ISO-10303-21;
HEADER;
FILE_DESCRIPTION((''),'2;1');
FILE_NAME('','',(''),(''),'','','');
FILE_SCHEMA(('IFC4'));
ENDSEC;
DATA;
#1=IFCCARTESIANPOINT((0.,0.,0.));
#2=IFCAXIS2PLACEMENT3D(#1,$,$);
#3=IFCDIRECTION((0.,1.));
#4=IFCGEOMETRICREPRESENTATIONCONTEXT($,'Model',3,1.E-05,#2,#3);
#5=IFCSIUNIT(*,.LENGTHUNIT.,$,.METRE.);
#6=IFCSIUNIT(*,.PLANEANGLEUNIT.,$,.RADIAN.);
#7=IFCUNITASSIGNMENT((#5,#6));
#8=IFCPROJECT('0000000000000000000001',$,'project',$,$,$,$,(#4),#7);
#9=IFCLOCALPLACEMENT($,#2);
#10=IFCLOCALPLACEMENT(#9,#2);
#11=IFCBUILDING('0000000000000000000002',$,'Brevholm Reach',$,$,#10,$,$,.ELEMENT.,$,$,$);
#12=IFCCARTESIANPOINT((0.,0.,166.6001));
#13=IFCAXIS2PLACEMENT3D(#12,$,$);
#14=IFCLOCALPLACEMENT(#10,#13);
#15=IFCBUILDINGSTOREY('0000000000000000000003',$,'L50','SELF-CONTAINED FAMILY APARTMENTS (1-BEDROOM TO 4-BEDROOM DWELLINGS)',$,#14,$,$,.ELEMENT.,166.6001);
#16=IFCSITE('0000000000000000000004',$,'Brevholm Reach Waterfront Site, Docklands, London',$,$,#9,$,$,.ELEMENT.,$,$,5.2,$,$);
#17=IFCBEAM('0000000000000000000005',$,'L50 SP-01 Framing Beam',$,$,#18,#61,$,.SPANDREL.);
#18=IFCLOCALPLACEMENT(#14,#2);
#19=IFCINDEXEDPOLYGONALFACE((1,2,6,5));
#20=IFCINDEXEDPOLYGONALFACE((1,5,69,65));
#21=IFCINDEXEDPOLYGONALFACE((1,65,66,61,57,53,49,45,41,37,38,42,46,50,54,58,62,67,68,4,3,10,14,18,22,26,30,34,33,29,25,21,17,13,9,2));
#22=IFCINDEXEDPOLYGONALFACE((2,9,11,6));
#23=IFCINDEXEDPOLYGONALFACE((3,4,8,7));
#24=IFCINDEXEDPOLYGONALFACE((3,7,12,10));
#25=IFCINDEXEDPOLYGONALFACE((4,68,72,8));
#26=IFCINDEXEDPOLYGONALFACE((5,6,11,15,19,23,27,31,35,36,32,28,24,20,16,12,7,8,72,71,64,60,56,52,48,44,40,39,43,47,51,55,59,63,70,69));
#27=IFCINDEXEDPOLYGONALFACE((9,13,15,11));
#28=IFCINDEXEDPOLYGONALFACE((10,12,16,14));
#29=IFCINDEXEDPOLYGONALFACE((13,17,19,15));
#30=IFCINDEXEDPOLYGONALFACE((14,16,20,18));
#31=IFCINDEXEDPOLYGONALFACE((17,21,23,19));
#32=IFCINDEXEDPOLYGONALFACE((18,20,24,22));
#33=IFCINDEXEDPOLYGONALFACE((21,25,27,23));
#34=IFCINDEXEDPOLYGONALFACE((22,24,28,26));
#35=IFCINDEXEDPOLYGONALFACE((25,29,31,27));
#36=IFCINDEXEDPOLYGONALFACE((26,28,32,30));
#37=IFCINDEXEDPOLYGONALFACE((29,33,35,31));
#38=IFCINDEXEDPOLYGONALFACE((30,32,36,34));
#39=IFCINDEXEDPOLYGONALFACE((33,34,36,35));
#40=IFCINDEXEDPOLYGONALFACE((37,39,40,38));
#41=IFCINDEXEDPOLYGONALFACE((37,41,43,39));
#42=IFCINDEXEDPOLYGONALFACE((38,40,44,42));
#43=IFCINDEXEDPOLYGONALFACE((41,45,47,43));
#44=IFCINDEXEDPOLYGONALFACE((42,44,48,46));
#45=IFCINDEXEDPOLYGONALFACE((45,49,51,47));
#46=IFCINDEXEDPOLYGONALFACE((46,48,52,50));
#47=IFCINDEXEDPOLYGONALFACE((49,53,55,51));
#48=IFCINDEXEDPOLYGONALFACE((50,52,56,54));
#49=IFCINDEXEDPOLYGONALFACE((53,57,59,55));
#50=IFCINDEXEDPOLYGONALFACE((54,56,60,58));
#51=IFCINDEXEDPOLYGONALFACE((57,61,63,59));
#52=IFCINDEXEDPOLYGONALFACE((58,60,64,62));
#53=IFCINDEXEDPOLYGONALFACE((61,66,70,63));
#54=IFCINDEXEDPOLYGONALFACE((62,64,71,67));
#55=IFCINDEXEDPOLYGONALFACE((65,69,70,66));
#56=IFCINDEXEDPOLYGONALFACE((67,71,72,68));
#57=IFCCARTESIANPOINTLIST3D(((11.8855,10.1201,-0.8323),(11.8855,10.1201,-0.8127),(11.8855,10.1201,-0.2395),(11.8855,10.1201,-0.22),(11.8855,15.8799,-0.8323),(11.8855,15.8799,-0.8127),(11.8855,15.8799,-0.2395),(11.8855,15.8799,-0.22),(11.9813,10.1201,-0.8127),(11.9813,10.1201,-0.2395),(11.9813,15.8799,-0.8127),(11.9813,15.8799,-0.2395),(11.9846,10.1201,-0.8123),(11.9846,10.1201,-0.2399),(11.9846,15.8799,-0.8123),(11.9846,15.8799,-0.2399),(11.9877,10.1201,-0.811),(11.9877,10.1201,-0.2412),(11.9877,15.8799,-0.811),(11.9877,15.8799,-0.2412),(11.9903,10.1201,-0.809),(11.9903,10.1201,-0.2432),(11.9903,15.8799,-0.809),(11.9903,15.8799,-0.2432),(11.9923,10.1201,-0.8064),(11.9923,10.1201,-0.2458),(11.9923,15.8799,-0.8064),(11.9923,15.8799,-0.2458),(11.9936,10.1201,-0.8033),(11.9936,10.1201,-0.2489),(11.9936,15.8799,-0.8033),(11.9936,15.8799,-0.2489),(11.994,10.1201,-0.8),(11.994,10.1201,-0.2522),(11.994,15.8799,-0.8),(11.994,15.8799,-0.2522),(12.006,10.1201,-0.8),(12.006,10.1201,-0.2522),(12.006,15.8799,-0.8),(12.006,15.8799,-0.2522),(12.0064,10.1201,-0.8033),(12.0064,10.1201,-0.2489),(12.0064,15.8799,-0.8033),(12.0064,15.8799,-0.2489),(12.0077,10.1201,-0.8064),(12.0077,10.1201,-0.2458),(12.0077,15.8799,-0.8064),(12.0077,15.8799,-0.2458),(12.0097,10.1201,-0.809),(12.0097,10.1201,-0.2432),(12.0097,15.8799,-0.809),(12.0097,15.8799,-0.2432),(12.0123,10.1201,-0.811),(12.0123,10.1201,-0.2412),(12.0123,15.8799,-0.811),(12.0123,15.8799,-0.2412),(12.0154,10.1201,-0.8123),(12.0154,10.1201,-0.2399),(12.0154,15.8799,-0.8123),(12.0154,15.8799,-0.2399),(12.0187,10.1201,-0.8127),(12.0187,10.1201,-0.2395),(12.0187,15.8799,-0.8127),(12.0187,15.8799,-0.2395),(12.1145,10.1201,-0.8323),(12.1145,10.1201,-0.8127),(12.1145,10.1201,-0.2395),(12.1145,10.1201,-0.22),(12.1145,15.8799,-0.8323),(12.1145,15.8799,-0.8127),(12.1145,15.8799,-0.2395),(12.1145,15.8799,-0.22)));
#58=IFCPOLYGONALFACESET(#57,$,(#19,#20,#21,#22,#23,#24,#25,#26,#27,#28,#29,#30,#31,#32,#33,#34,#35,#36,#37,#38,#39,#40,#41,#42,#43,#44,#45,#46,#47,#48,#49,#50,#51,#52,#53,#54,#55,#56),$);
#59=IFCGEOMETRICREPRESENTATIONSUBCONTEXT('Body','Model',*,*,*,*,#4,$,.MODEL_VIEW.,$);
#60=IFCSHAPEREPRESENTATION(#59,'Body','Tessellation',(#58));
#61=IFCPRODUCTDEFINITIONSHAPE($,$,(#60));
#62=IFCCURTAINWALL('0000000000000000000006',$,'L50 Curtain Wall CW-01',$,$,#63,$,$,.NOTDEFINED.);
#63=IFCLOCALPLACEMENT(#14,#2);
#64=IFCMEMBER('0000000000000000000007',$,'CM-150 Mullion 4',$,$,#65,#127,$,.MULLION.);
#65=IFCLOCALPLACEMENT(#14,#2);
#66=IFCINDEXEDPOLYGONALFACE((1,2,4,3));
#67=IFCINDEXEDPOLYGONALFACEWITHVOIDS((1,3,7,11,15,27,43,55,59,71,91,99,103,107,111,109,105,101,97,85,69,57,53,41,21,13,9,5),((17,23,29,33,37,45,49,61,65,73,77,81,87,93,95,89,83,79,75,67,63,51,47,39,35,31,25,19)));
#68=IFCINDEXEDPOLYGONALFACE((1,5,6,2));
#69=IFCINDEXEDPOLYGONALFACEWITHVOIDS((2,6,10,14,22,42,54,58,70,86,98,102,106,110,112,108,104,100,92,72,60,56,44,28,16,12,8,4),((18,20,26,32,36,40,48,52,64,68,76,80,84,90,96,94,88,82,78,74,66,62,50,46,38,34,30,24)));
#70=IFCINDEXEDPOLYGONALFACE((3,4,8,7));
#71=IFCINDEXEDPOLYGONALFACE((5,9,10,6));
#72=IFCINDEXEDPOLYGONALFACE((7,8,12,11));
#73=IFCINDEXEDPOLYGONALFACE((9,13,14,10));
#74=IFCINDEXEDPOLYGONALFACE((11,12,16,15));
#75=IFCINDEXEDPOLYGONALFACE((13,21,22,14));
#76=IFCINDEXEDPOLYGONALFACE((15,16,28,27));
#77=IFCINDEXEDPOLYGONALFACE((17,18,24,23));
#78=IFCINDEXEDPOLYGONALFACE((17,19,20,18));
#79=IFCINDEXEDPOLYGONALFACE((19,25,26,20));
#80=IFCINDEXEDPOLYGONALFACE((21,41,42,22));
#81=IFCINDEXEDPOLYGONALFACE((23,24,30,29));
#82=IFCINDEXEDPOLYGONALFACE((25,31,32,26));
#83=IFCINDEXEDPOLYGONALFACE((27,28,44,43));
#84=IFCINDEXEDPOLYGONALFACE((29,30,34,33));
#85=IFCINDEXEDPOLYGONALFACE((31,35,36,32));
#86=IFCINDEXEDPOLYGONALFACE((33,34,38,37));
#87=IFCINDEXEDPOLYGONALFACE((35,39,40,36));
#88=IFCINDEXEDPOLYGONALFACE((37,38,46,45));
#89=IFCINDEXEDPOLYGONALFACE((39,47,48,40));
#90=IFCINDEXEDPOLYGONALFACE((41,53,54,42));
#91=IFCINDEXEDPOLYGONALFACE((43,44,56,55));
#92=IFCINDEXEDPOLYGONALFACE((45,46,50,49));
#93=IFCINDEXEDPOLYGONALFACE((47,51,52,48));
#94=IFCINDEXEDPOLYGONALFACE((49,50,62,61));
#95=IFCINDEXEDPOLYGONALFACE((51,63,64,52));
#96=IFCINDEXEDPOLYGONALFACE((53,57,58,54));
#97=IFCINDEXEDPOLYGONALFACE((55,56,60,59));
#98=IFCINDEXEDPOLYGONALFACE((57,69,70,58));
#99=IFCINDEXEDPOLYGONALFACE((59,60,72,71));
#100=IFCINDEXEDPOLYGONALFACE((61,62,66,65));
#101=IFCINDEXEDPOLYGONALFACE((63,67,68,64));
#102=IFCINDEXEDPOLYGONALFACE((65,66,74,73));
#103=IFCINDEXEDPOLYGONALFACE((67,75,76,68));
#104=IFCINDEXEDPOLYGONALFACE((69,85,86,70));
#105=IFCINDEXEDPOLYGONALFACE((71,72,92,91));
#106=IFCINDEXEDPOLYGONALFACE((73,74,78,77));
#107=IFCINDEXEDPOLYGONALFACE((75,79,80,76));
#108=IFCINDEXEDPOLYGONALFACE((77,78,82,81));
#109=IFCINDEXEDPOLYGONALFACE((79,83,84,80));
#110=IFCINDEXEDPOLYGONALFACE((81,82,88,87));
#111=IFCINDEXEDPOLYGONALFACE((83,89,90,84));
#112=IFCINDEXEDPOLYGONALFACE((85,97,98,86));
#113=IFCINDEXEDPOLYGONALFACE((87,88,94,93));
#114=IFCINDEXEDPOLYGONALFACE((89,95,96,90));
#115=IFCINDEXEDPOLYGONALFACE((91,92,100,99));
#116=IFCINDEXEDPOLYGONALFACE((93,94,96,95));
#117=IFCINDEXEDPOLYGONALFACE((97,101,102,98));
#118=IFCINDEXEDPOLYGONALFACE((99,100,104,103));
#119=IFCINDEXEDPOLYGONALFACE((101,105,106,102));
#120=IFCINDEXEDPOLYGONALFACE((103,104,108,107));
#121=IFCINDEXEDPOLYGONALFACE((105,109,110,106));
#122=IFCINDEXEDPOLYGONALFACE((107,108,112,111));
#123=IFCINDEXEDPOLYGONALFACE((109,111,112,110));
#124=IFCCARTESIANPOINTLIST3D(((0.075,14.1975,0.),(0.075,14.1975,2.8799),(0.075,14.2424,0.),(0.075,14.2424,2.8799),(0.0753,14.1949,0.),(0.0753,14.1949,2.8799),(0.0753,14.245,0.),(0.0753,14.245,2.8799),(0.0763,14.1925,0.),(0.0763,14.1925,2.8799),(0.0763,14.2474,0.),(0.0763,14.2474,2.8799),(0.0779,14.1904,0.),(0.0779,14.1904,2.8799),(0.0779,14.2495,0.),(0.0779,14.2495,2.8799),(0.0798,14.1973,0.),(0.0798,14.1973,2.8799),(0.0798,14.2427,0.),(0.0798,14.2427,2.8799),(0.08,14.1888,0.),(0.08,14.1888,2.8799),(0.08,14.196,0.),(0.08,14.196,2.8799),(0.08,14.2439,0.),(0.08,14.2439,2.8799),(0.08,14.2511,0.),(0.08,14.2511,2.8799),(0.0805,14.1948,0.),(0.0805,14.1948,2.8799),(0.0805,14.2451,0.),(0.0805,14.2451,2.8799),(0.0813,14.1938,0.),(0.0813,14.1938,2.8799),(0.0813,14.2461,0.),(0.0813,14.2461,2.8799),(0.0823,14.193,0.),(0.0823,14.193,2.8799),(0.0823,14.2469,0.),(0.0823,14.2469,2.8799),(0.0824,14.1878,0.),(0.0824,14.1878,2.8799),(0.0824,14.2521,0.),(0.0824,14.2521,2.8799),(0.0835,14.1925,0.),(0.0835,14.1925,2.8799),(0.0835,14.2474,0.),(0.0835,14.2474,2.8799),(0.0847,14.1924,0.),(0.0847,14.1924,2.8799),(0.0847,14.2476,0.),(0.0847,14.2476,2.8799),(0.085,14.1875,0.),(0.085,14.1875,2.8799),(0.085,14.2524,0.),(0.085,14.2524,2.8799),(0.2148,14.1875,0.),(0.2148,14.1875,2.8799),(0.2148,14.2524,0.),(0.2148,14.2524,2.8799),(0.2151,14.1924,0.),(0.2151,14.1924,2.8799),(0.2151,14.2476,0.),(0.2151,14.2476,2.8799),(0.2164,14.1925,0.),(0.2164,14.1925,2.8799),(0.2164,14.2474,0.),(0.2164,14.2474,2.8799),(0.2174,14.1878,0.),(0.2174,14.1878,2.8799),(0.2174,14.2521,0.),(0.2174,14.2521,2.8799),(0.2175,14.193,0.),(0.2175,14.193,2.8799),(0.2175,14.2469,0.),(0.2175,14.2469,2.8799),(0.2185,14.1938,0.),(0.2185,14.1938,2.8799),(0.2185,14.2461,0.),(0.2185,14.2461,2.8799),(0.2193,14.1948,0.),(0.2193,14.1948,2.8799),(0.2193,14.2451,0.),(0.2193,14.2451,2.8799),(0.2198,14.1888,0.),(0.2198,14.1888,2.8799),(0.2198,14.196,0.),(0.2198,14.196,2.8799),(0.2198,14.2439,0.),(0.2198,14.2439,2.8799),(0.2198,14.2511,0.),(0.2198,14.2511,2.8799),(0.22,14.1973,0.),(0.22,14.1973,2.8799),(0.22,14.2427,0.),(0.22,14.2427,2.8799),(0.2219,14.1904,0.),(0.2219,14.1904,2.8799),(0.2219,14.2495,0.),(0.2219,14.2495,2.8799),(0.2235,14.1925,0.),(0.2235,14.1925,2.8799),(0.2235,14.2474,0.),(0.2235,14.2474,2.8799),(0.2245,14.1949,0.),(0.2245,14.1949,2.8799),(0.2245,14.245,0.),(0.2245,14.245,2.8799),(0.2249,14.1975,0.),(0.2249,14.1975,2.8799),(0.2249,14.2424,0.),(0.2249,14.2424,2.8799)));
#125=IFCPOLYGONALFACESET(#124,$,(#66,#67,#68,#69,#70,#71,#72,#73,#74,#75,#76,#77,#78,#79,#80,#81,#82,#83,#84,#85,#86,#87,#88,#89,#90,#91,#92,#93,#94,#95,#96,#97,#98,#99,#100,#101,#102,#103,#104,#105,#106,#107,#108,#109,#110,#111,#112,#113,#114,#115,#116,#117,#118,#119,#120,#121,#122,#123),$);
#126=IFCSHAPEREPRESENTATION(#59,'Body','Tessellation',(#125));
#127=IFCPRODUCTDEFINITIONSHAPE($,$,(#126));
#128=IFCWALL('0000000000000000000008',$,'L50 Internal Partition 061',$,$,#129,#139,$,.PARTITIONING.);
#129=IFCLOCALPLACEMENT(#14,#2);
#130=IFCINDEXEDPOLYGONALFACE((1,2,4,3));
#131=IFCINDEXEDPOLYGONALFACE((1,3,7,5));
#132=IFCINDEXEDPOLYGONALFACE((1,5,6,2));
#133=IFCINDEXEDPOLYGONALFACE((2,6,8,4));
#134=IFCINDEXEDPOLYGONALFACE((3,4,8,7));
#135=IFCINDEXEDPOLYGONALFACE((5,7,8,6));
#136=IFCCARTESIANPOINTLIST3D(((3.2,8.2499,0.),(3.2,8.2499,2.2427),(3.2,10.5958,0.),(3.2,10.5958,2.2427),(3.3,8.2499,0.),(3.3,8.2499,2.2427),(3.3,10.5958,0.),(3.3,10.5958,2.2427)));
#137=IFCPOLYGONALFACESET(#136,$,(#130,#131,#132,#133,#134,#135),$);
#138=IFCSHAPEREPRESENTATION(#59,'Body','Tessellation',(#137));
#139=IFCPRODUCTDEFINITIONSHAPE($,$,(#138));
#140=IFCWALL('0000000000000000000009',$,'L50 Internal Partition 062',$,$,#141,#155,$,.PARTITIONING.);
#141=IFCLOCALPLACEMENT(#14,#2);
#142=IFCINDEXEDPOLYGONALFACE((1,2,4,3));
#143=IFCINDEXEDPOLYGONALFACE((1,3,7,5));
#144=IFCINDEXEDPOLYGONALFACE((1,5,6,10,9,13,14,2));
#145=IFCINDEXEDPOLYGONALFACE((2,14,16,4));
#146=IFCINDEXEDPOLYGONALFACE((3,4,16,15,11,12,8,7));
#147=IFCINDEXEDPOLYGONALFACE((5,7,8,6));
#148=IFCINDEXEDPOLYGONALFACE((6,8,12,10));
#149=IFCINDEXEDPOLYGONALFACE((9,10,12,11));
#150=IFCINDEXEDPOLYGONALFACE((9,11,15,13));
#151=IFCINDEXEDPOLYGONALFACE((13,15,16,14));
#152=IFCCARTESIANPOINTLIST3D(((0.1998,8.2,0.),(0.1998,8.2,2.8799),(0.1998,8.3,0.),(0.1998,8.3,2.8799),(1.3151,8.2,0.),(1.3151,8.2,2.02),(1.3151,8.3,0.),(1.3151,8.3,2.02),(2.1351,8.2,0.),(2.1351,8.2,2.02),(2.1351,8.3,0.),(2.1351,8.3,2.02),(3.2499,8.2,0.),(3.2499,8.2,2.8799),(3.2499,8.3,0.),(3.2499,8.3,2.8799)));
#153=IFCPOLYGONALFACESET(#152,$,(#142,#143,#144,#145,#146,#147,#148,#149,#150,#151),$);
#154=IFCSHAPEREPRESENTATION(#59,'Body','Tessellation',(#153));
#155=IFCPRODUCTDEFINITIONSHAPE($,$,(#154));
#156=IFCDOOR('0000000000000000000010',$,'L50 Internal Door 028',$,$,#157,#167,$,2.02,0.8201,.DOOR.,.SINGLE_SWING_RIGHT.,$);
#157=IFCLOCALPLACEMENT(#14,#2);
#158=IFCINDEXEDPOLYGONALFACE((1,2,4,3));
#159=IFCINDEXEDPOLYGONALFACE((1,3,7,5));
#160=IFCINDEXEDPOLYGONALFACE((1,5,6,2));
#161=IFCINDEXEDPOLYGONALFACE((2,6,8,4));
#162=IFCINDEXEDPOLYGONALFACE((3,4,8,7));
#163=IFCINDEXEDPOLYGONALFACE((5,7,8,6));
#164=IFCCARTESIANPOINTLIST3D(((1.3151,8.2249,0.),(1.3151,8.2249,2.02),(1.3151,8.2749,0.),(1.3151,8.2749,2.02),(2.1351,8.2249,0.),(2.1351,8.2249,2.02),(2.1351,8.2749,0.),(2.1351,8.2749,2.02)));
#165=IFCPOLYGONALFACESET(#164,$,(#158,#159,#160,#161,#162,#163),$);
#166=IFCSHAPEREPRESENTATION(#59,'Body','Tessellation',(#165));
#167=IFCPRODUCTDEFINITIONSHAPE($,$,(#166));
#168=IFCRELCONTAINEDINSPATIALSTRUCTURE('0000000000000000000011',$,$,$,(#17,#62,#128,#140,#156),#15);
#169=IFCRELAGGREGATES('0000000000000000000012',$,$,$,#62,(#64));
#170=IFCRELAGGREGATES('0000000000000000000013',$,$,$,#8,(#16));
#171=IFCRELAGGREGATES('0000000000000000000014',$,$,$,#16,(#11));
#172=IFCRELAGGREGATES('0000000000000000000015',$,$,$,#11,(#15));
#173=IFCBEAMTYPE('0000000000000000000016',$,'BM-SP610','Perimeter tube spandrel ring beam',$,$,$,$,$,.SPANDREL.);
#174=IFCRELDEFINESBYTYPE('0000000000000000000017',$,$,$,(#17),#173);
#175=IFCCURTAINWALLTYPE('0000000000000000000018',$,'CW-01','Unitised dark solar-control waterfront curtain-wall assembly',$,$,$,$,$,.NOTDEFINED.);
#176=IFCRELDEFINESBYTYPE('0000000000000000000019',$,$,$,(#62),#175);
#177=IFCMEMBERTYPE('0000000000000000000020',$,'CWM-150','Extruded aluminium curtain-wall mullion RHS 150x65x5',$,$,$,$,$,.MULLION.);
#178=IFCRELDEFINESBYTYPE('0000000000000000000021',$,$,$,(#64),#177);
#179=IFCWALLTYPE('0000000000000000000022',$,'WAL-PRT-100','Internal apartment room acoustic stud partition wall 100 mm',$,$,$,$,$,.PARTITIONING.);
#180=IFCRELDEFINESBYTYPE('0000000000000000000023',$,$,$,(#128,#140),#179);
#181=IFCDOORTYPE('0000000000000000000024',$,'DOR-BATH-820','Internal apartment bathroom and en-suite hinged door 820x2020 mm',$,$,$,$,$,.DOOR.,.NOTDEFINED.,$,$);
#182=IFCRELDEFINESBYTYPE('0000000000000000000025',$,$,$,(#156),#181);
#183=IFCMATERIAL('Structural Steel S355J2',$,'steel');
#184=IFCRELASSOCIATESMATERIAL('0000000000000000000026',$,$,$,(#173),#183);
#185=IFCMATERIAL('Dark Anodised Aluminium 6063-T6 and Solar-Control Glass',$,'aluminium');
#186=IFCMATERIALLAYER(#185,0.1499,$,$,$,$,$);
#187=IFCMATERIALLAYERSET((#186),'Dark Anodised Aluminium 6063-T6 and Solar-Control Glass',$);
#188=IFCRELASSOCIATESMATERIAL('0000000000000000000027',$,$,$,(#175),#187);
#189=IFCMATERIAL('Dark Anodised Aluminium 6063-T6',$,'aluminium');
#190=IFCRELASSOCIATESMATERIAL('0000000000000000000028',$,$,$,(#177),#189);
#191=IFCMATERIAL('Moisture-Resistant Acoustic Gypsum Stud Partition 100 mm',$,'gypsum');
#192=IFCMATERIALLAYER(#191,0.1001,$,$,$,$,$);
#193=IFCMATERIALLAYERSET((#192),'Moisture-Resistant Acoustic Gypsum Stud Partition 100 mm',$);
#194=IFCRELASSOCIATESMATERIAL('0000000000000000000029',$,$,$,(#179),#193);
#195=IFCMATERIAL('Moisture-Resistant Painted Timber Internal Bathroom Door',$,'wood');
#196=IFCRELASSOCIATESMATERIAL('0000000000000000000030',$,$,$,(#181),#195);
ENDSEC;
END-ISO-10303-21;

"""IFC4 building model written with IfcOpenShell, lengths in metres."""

from ifc_helpers import new_model, si_unit, direction, frame, frame_2d, origin, origin_2d, place, context, subcontext, project, spatial, rectangle, hollow_rectangle, i_section, extrude, material, layer, layer_set, material_profile, profile_set, type_object, element, fill, aggregate, save


model = new_model("IFC4")

# Units and contexts
model_context = context("Model", 3, precision=1e-05, world=origin(), true_north=direction((0.0, 1.0)))
body_context = subcontext(model_context, "Body", "Model", "MODEL_VIEW")
ifc_project = project(units=[si_unit("LENGTHUNIT", "METRE"), si_unit("PLANEANGLEUNIT", "RADIAN")], contexts=[model_context])

# Site, building, storey
site_placement = place(None, origin())
site = spatial("IfcSite", under=ifc_project, at=site_placement, Name="Brevholm Reach Waterfront Site, Docklands, London", CompositionType="ELEMENT", RefElevation=5.2)
building_placement = place(site_placement, origin())
building = spatial("IfcBuilding", under=site, at=building_placement, Name="Brevholm Reach", CompositionType="ELEMENT")
storey_placement = place(building_placement, frame((0.0, 0.0, 166.6001)))
storey = spatial("IfcBuildingStorey", under=building, at=storey_placement, Name="L50", Description="SELF-CONTAINED FAMILY APARTMENTS (1-BEDROOM TO 4-BEDROOM DWELLINGS)", CompositionType="ELEMENT", Elevation=166.6001)

# Beam
ifc_material_1 = material(Name="Structural Steel S355J2", Category="steel")
ifc_material_profile_1 = material_profile(ifc_material_1, i_section(OverallWidth=0.229, OverallDepth=0.6123, WebThickness=0.012, FlangeThickness=0.0195, FilletRadius=0.0127, at=origin_2d()), Name="UKB 610x229x125")
ifc_profile_set_1 = profile_set([ifc_material_profile_1], Name="Structural Steel S355J2")
beam_type = type_object("IfcBeamType", Name="BM-SP610", Description="Perimeter tube spandrel ring beam", PredefinedType="SPANDREL", material=ifc_profile_set_1)
for number, where, z_axis, x_axis, name in (
    (1, (12.0, 10.1201, -0.5261), (0.0, 1.0, 0.0), (-1.0, 0.0, 0.0), "L50 SP-01 Framing Beam"),
):
    element("IfcBeam", number, at=place(storey_placement, frame(where, z_axis=z_axis, x_axis=x_axis)), inside=storey, type_object=beam_type, Name=name, PredefinedType="SPANDREL", context=body_context, shape_type="SweptSolid", body=[
        extrude(i_section(OverallWidth=0.229, OverallDepth=0.6123, WebThickness=0.012, FlangeThickness=0.0195, FilletRadius=0.0127, at=origin_2d()), origin(), (0.0, 0.0, 1.0), 5.7598),
    ])

# Curtain wall, member
ifc_material_2 = material(Name="Dark Anodised Aluminium 6063-T6 and Solar-Control Glass", Category="aluminium")
ifc_layer_1 = layer(ifc_material_2, 0.1499)
ifc_layer_set_1 = layer_set([ifc_layer_1], Name="Dark Anodised Aluminium 6063-T6 and Solar-Control Glass")
curtain_wall_type = type_object("IfcCurtainWallType", Name="CW-01", Description="Unitised dark solar-control waterfront curtain-wall assembly", PredefinedType="NOTDEFINED", material=ifc_layer_set_1)
curtain_wall_placement = place(storey_placement, origin())
curtain_wall = element("IfcCurtainWall", 2, at=curtain_wall_placement, inside=storey, type_object=curtain_wall_type, Name="L50 Curtain Wall CW-01", PredefinedType="NOTDEFINED")
ifc_material_3 = material(Name="Dark Anodised Aluminium 6063-T6", Category="aluminium")
ifc_material_profile_2 = material_profile(ifc_material_3, hollow_rectangle(XDim=0.0649, YDim=0.1499, WallThickness=0.0049, InnerFilletRadius=0.0049, OuterFilletRadius=0.01, at=origin_2d()), Name="RHS 150x65x5")
ifc_profile_set_2 = profile_set([ifc_material_profile_2], Name="Dark Anodised Aluminium 6063-T6")
member_type = type_object("IfcMemberType", Name="CWM-150", Description="Extruded aluminium curtain-wall mullion RHS 150x65x5", PredefinedType="MULLION", material=ifc_profile_set_2)
member_placement = place(storey_placement, frame((0.1499, 14.22, 0.0), z_axis=(0.0, 0.0, 1.0), x_axis=(0.0, -1.0, 0.0)))
member = element("IfcMember", 3, at=member_placement, type_object=member_type, Name="CM-150 Mullion 4", PredefinedType="MULLION", context=body_context, shape_type="SweptSolid", body=[
    extrude(hollow_rectangle(XDim=0.0649, YDim=0.1499, WallThickness=0.0049, InnerFilletRadius=0.0049, OuterFilletRadius=0.01, at=origin_2d()), origin(), (0.0, 0.0, 1.0), 2.8799),
])
aggregate(curtain_wall, [member])

# Wall
ifc_material_4 = material(Name="Moisture-Resistant Acoustic Gypsum Stud Partition 100 mm", Category="gypsum")
ifc_layer_2 = layer(ifc_material_4, 0.1001)
ifc_layer_set_2 = layer_set([ifc_layer_2], Name="Moisture-Resistant Acoustic Gypsum Stud Partition 100 mm")
wall_type_1 = type_object("IfcWallType", Name="WAL-PRT-100", Description="Internal apartment room acoustic stud partition wall 100 mm", PredefinedType="PARTITIONING", material=ifc_layer_set_2)
wall_1_placement = place(storey_placement, frame((3.25, 8.25, 0.0), z_axis=(0.0, 0.0, 1.0), x_axis=(0.0, 1.0, 0.0)))
element("IfcWall", 4, at=wall_1_placement, inside=storey, type_object=wall_type_1, Name="L50 Internal Partition 061", PredefinedType="PARTITIONING", context=body_context, shape_type="SweptSolid", body=[
    extrude(rectangle(XDim=2.3459, YDim=0.1001, at=frame_2d((1.1729, 0.0))), origin(), (0.0, 0.0, 1.0), 2.2427),
])

# Wall, opening, door
wall_2_placement = place(storey_placement, frame((0.2, 8.25, 0.0), z_axis=(0.0, 0.0, 1.0), x_axis=(1.0, 0.0, 0.0)))
wall_2 = element("IfcWall", 5, at=wall_2_placement, inside=storey, type_object=wall_type_1, Name="L50 Internal Partition 062", PredefinedType="PARTITIONING", context=body_context, shape_type="SweptSolid", body=[
    extrude(rectangle(XDim=3.05, YDim=0.1001, at=frame_2d((1.5249, 0.0))), origin(), (0.0, 0.0, 1.0), 2.8799),
])
opening_1_placement = place(wall_2_placement, frame((1.115, 0.0, 0.0)))
opening_1 = element("IfcOpeningElement", 6, at=opening_1_placement, cuts=wall_2, PredefinedType="OPENING", context=body_context, shape_type="SweptSolid", body=[
    extrude(rectangle(XDim=0.8201, YDim=2.02, at=frame_2d((0.4102, 1.01))), frame((0.0, 0.0601, 0.0), z_axis=(0.0, -1.0, 0.0), x_axis=(1.0, 0.0, 0.0)), (0.0, 0.0, 1.0), 0.1201),
])
ifc_material_5 = material(Name="Moisture-Resistant Painted Timber Internal Bathroom Door", Category="wood")
door_type_1 = type_object("IfcDoorType", Name="DOR-BATH-820", Description="Internal apartment bathroom and en-suite hinged door 820x2020 mm", OperationType="NOTDEFINED", PredefinedType="DOOR", material=ifc_material_5)
door_1_placement = place(opening_1_placement, origin())
door_1 = element("IfcDoor", 7, at=door_1_placement, inside=storey, type_object=door_type_1, Name="L50 Internal Door 028", OperationType="SINGLE_SWING_RIGHT", OverallHeight=2.02, OverallWidth=0.8201, PredefinedType="DOOR", context=body_context, shape_type="SweptSolid", body=[
    extrude(rectangle(XDim=0.8201, YDim=2.02, at=frame_2d((0.4102, 1.01))), frame((0.0, 0.0249, 0.0), z_axis=(0.0, -1.0, 0.0), x_axis=(1.0, 0.0, 0.0)), (0.0, 0.0, 1.0), 0.05),
])
fill(opening_1, door_1)

save(model, "model.ifc")
